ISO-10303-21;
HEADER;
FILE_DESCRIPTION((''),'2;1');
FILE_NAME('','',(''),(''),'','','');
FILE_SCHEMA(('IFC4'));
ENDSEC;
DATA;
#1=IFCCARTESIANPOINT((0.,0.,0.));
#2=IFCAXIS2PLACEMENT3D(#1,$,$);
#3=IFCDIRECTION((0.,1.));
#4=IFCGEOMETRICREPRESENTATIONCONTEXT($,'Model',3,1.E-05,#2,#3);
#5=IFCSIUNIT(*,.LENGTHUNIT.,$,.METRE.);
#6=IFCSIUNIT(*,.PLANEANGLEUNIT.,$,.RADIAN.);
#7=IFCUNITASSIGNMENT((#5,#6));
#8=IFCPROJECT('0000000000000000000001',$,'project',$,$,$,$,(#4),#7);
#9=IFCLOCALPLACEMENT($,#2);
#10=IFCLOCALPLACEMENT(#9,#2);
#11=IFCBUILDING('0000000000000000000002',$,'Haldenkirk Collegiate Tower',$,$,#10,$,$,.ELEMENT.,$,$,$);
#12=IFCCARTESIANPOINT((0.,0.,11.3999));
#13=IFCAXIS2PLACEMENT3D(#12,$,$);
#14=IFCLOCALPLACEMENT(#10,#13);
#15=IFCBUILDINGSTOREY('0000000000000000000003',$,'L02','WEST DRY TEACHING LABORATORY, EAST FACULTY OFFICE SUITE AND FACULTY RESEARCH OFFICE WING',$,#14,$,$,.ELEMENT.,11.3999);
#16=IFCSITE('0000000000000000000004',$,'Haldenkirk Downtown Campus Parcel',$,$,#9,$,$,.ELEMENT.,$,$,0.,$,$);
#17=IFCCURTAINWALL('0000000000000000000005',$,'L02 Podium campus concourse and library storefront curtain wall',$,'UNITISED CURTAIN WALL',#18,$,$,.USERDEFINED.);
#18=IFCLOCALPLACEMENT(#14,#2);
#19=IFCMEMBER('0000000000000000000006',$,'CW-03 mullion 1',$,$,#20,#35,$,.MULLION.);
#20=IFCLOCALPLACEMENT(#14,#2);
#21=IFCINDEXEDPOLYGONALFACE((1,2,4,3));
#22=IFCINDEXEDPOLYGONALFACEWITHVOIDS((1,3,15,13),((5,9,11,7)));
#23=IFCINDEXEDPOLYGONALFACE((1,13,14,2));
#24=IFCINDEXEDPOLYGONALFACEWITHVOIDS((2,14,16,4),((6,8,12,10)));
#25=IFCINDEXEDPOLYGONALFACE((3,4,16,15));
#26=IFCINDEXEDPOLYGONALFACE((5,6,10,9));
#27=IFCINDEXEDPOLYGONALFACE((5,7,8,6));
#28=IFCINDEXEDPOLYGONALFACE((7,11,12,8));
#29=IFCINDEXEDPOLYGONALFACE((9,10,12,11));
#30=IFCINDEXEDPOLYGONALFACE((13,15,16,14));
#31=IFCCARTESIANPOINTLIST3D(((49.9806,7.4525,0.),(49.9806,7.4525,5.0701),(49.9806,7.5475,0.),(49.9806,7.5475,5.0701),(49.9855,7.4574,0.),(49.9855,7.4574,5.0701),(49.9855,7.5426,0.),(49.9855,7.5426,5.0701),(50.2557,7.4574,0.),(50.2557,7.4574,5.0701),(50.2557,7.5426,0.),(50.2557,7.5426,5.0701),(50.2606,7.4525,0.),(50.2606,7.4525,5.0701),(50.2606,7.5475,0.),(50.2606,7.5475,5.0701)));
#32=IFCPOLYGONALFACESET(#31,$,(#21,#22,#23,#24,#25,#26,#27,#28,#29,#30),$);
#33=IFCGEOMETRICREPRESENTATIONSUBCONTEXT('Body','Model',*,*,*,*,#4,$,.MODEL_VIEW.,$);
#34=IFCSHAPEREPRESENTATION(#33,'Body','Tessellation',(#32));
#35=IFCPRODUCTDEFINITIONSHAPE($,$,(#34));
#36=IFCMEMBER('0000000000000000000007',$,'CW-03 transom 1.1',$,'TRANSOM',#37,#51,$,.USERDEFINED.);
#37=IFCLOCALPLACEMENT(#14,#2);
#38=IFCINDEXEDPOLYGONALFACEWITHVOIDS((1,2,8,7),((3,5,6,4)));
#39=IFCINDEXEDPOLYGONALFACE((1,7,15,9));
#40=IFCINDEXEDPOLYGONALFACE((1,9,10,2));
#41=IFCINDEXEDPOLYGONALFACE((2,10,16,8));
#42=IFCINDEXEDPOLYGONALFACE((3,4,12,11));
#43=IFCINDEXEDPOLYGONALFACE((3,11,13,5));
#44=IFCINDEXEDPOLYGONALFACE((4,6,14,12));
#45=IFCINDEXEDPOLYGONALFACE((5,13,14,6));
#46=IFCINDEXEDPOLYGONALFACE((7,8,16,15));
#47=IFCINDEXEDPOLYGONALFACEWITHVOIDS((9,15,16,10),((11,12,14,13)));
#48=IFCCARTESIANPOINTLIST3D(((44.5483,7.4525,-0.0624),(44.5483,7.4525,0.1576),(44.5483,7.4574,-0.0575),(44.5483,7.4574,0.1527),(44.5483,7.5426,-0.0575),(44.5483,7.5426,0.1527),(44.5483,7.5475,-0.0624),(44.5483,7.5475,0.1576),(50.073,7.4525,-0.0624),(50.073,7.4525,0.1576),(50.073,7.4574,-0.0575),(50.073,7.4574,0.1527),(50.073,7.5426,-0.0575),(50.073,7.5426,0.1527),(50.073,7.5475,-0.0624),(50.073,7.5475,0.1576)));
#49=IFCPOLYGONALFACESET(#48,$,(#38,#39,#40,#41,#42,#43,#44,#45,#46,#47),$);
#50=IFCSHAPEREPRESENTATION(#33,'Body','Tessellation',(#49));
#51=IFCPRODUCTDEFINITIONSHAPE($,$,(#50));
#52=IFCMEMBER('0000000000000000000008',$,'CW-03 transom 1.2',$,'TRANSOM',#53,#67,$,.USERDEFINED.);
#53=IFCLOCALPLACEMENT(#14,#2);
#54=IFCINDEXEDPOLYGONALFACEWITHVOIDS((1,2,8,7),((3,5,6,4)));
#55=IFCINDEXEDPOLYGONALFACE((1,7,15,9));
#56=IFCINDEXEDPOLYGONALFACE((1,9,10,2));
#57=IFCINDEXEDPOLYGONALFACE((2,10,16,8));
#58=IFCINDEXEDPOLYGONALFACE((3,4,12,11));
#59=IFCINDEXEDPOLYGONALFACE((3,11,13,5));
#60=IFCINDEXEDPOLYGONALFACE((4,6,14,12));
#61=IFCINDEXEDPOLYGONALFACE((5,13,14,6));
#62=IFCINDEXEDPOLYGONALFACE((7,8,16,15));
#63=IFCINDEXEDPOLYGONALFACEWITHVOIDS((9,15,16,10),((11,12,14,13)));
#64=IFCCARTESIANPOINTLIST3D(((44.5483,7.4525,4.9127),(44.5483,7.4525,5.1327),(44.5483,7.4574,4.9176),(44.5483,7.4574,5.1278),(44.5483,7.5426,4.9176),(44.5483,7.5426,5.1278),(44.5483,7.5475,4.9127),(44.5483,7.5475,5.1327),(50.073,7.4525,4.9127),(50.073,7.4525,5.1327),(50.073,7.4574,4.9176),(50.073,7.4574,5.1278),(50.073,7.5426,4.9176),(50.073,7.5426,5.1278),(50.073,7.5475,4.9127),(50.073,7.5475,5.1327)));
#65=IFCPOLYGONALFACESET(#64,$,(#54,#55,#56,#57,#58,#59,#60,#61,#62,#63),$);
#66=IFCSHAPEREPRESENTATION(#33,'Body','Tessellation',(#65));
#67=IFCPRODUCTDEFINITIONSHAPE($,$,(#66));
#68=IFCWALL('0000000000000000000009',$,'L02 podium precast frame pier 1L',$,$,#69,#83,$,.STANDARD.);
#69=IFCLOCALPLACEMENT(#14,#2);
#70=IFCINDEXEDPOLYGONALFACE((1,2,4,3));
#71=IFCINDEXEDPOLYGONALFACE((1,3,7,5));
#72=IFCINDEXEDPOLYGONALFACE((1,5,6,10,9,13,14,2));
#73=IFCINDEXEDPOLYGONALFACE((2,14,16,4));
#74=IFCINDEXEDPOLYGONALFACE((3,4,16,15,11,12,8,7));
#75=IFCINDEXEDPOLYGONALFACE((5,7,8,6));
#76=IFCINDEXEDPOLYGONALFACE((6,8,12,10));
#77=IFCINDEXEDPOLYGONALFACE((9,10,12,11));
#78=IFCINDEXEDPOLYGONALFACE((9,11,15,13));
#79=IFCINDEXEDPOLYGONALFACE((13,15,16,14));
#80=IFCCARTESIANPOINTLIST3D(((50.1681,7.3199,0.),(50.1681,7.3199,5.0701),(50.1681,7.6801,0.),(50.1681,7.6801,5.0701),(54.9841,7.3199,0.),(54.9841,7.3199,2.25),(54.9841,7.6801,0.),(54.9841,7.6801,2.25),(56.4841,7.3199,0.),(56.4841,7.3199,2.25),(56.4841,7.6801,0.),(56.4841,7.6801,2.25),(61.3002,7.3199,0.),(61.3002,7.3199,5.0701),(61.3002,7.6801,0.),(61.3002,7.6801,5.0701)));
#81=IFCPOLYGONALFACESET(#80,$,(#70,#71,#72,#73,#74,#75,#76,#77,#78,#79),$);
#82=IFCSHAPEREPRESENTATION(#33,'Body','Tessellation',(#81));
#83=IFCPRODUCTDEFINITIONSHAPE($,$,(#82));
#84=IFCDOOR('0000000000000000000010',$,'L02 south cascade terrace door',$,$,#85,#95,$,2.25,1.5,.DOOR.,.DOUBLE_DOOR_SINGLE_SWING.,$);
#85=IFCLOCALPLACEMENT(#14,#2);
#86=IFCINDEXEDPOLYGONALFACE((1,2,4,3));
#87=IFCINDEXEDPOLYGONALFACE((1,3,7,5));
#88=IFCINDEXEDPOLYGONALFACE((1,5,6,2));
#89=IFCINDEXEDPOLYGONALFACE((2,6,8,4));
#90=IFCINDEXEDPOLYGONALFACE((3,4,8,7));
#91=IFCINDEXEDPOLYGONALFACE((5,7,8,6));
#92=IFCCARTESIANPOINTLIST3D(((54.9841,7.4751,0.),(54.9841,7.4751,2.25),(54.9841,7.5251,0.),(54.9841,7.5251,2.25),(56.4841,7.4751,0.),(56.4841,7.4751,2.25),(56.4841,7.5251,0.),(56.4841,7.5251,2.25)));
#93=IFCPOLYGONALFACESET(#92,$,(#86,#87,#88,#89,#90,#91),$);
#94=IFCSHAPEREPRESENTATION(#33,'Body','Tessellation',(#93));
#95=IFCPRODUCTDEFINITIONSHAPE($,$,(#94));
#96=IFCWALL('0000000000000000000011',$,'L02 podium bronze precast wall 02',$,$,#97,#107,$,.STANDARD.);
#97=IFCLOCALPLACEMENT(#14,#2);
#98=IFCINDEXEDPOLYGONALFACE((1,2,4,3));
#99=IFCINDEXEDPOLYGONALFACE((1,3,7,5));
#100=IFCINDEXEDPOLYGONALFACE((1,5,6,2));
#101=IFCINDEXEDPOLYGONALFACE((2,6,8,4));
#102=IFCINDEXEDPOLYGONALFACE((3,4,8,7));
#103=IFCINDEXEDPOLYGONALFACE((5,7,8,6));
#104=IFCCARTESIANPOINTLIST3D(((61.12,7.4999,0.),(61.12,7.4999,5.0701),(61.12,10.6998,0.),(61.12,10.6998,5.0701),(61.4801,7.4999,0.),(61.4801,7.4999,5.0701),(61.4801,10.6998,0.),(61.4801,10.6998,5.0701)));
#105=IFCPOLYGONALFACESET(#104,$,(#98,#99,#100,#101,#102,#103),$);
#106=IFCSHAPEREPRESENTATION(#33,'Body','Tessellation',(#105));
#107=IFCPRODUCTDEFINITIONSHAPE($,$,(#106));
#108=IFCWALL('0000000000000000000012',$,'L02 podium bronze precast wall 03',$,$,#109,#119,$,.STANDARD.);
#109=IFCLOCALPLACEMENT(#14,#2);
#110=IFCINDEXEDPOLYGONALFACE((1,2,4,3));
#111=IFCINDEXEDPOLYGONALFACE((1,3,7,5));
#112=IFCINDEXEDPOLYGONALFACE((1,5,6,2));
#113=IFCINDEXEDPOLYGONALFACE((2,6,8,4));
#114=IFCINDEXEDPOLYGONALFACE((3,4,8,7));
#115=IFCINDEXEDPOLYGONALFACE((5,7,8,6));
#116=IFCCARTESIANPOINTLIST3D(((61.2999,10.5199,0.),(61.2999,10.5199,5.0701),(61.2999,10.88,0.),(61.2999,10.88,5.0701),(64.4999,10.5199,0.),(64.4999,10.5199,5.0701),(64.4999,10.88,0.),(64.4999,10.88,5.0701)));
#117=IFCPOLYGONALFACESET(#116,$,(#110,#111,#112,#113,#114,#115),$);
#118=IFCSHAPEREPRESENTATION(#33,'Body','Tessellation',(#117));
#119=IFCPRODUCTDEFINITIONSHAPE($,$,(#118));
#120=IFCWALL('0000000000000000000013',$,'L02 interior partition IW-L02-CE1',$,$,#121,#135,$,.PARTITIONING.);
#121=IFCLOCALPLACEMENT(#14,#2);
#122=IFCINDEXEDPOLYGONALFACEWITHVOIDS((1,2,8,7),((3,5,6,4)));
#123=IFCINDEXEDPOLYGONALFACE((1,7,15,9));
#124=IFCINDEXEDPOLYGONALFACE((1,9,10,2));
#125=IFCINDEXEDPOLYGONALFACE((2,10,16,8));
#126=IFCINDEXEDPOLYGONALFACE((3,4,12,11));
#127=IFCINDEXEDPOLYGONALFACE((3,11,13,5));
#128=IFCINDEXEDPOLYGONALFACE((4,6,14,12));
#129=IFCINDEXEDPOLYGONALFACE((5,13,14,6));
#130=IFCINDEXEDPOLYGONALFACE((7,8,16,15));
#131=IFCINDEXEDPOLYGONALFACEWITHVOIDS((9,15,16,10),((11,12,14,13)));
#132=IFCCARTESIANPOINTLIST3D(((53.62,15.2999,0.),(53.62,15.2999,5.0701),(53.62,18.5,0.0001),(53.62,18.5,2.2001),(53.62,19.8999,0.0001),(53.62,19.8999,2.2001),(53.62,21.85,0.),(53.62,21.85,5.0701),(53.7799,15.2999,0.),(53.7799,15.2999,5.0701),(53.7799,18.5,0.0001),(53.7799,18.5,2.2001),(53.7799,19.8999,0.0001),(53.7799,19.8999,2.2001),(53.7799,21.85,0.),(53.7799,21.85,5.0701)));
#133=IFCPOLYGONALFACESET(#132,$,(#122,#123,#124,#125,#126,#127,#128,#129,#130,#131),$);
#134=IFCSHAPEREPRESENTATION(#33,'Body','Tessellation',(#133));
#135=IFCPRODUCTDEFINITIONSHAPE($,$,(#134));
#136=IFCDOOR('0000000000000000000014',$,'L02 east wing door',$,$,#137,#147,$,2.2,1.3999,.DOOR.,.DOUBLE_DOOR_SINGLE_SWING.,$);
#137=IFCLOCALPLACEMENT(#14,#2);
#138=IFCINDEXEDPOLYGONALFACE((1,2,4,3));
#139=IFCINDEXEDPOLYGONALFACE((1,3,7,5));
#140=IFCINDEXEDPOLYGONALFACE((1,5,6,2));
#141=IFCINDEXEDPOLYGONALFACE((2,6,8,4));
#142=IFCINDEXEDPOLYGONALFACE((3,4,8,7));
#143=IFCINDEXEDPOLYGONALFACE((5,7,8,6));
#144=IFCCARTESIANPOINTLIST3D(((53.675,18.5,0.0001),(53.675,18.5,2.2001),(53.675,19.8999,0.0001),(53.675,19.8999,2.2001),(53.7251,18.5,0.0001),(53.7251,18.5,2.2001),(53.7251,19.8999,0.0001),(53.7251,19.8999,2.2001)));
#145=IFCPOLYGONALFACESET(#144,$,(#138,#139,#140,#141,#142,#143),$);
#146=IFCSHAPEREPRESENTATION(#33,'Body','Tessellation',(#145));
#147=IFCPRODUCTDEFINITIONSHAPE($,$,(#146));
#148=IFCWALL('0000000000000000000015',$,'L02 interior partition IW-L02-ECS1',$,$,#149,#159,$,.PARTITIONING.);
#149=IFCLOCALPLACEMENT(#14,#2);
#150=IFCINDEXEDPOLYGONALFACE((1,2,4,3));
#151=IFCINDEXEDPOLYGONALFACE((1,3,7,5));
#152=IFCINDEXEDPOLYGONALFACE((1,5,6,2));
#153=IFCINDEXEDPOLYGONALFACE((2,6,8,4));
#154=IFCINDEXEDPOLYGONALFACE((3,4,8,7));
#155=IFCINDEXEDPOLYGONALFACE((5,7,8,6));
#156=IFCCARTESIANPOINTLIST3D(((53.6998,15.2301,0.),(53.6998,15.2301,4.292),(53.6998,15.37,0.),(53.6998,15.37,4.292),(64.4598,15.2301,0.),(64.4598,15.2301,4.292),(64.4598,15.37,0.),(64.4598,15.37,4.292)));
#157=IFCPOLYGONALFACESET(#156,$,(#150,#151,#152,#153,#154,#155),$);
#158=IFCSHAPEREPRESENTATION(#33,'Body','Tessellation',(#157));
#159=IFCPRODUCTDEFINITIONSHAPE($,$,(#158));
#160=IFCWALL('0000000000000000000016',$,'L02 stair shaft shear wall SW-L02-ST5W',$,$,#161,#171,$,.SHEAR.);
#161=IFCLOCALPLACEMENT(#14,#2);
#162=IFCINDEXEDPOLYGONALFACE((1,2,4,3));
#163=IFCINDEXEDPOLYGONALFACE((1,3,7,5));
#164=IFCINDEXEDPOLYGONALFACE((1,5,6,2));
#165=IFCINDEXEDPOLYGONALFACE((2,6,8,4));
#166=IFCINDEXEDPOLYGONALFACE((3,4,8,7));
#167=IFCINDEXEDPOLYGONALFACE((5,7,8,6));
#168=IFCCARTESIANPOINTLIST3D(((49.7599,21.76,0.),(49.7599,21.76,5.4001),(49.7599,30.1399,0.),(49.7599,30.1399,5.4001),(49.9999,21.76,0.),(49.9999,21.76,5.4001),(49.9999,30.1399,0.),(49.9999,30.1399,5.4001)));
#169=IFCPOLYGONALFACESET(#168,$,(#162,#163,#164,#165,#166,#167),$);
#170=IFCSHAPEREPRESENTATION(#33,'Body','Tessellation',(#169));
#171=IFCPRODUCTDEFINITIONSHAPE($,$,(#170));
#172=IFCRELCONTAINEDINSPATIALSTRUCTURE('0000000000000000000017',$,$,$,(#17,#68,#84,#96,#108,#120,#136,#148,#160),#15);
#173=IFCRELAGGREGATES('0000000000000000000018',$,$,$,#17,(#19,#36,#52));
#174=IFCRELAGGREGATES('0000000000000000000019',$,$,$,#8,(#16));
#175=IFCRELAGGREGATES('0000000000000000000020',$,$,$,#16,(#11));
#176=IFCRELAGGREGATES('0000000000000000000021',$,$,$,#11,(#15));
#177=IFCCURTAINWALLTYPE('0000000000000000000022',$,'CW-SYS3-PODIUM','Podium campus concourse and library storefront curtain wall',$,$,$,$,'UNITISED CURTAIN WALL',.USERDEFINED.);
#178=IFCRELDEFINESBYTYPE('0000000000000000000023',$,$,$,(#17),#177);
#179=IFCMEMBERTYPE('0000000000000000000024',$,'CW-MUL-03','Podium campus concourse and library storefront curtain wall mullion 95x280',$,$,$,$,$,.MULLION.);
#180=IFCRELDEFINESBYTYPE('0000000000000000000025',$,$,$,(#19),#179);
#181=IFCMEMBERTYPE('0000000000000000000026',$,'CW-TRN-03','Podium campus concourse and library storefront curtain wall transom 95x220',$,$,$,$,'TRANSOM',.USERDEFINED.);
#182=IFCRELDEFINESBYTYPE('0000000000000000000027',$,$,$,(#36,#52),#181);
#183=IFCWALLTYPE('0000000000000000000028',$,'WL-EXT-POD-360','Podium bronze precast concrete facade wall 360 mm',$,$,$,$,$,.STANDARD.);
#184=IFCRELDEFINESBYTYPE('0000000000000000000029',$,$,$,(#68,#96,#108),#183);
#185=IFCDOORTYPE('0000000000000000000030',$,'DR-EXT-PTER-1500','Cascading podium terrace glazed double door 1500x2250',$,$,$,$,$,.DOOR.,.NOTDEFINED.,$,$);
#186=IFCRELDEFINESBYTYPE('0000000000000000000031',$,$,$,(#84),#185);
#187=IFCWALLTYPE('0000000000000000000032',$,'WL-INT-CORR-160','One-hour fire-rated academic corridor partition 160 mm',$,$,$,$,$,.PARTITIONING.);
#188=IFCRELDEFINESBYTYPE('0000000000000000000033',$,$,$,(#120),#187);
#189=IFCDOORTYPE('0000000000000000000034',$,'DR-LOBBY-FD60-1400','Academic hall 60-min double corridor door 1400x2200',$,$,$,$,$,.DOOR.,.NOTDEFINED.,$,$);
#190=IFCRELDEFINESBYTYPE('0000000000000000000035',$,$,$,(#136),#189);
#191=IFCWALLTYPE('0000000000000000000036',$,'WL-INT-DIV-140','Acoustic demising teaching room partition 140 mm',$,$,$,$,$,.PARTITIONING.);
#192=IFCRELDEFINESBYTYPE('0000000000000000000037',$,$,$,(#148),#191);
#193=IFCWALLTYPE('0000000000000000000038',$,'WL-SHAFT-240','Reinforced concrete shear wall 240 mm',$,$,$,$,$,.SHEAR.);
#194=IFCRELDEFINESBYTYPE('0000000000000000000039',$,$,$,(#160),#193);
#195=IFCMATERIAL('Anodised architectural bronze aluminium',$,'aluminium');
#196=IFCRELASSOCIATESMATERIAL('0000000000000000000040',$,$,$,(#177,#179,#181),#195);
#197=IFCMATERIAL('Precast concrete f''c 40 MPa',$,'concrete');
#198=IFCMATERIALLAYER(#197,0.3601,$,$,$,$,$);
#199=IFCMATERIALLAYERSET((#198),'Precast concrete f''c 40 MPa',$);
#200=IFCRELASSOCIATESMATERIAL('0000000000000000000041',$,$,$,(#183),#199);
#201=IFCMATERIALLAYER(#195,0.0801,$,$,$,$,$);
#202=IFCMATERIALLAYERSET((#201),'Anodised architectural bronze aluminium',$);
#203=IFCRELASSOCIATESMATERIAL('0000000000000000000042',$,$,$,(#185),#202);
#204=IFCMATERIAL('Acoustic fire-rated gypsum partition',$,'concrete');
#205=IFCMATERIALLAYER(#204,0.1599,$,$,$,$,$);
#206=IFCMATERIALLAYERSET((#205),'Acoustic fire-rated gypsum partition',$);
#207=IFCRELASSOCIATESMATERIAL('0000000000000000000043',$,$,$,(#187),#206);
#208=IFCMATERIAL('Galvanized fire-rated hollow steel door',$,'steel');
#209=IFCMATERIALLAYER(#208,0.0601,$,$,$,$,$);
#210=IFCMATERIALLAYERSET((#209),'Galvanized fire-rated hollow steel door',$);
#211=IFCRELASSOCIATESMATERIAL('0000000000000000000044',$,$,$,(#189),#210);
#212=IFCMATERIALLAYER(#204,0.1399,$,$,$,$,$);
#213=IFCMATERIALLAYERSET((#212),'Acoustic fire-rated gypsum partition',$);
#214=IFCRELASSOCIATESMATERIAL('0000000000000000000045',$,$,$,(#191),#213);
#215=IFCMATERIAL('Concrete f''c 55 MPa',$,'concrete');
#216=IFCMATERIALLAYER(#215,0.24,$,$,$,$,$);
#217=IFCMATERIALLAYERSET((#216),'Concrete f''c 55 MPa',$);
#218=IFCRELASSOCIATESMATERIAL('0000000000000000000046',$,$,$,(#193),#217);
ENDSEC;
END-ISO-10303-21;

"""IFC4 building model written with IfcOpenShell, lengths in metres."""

from ifc_helpers import new_model, si_unit, direction, frame, frame_2d, origin, origin_2d, place, context, subcontext, project, spatial, rectangle, hollow_rectangle, extrude, material, layer, layer_set, material_profile, profile_set, type_object, element, fill, aggregate, save


model = new_model("IFC4")

# Units and contexts
model_context = context("Model", 3, precision=1e-05, world=origin(), true_north=direction((0.0, 1.0)))
body_context = subcontext(model_context, "Body", "Model", "MODEL_VIEW")
ifc_project = project(units=[si_unit("LENGTHUNIT", "METRE"), si_unit("PLANEANGLEUNIT", "RADIAN")], contexts=[model_context])

# Site, building, storey
site_placement = place(None, origin())
site = spatial("IfcSite", under=ifc_project, at=site_placement, Name="Haldenkirk Downtown Campus Parcel", CompositionType="ELEMENT", RefElevation=0.0)
building_placement = place(site_placement, origin())
building = spatial("IfcBuilding", under=site, at=building_placement, Name="Haldenkirk Collegiate Tower", CompositionType="ELEMENT")
storey_placement = place(building_placement, frame((0.0, 0.0, 11.3999)))
storey = spatial("IfcBuildingStorey", under=building, at=storey_placement, Name="L02", Description="WEST DRY TEACHING LABORATORY, EAST FACULTY OFFICE SUITE AND FACULTY RESEARCH OFFICE WING", CompositionType="ELEMENT", Elevation=11.3999)

# Curtain wall, members
ifc_material_1 = material(Name="Anodised architectural bronze aluminium", Category="aluminium")
curtain_wall_type = type_object("IfcCurtainWallType", Name="CW-SYS3-PODIUM", Description="Podium campus concourse and library storefront curtain wall", ElementType="UNITISED CURTAIN WALL", PredefinedType="USERDEFINED", material=ifc_material_1)
curtain_wall_placement = place(storey_placement, origin())
curtain_wall = element("IfcCurtainWall", 1, at=curtain_wall_placement, inside=storey, type_object=curtain_wall_type, Name="L02 Podium campus concourse and library storefront curtain wall", ObjectType="UNITISED CURTAIN WALL", PredefinedType="USERDEFINED")
ifc_material_profile_1 = material_profile(ifc_material_1, hollow_rectangle(XDim=0.095, YDim=0.28, WallThickness=0.0049, at=origin_2d()), Name="CW-MUL-03")
ifc_profile_set_1 = profile_set([ifc_material_profile_1], Name="Anodised architectural bronze aluminium")
member_type_1 = type_object("IfcMemberType", Name="CW-MUL-03", Description="Podium campus concourse and library storefront curtain wall mullion 95x280", PredefinedType="MULLION", material=ifc_profile_set_1)
member_1_placement = place(storey_placement, frame((50.1206, 7.5, 0.0), z_axis=(0.0, 0.0, 1.0), x_axis=(0.0, -1.0, 0.0)))
member_1 = element("IfcMember", 2, at=member_1_placement, type_object=member_type_1, Name="CW-03 mullion 1", PredefinedType="MULLION", context=body_context, shape_type="SweptSolid", body=[
    extrude(hollow_rectangle(XDim=0.095, YDim=0.28, WallThickness=0.0049, at=origin_2d()), origin(), (0.0, 0.0, 1.0), 5.0701),
])
ifc_material_profile_2 = material_profile(ifc_material_1, hollow_rectangle(XDim=0.095, YDim=0.22, WallThickness=0.0049, at=origin_2d()), Name="CW-TRN-03")
ifc_profile_set_2 = profile_set([ifc_material_profile_2], Name="Anodised architectural bronze aluminium")
member_type_2 = type_object("IfcMemberType", Name="CW-TRN-03", Description="Podium campus concourse and library storefront curtain wall transom 95x220", ElementType="TRANSOM", PredefinedType="USERDEFINED", material=ifc_profile_set_2)
member_2_placement = place(storey_placement, frame((50.073, 7.5, 0.0476), z_axis=(-1.0, 0.0, 0.0), x_axis=(0.0, -1.0, 0.0)))
member_2 = element("IfcMember", 3, at=member_2_placement, type_object=member_type_2, Name="CW-03 transom 1.1", ObjectType="TRANSOM", PredefinedType="USERDEFINED", context=body_context, shape_type="SweptSolid", body=[
    extrude(hollow_rectangle(XDim=0.095, YDim=0.22, WallThickness=0.0049, at=origin_2d()), origin(), (0.0, 0.0, 1.0), 5.5247),
])
member_3_placement = place(storey_placement, frame((50.073, 7.5, 5.0227), z_axis=(-1.0, 0.0, 0.0), x_axis=(0.0, -1.0, 0.0)))
member_3 = element("IfcMember", 4, at=member_3_placement, type_object=member_type_2, Name="CW-03 transom 1.2", ObjectType="TRANSOM", PredefinedType="USERDEFINED", context=body_context, shape_type="SweptSolid", body=[
    extrude(hollow_rectangle(XDim=0.095, YDim=0.22, WallThickness=0.0049, at=origin_2d()), origin(), (0.0, 0.0, 1.0), 5.5247),
])
aggregate(curtain_wall, [member_1, member_2, member_3])

# Wall, opening, door
ifc_material_2 = material(Name="Precast concrete f'c 40 MPa", Category="concrete")
ifc_layer_1 = layer(ifc_material_2, 0.3601)
ifc_layer_set_1 = layer_set([ifc_layer_1], Name="Precast concrete f'c 40 MPa")
wall_type_1 = type_object("IfcWallType", Name="WL-EXT-POD-360", Description="Podium bronze precast concrete facade wall 360 mm", PredefinedType="STANDARD", material=ifc_layer_set_1)
wall_1_placement = place(storey_placement, frame((61.3, 7.5, 0.0), z_axis=(0.0, 0.0, 1.0), x_axis=(-1.0, 0.0, 0.0)))
wall_1 = element("IfcWall", 5, at=wall_1_placement, inside=storey, type_object=wall_type_1, Name="L02 podium precast frame pier 1L", PredefinedType="STANDARD", context=body_context, shape_type="SweptSolid", body=[
    extrude(rectangle(XDim=11.1321, YDim=0.3601, at=frame_2d((5.5659, 0.0))), origin(), (0.0, 0.0, 1.0), 5.0701),
])
opening_1_placement = place(wall_1_placement, frame((4.8159, 0.0, 0.0)))
opening_1 = element("IfcOpeningElement", 6, at=opening_1_placement, cuts=wall_1, PredefinedType="OPENING", context=body_context, shape_type="SweptSolid", body=[
    extrude(rectangle(XDim=1.5, YDim=2.25, at=frame_2d((0.75, 1.125))), frame((0.0, 0.1899, 0.0), z_axis=(0.0, -1.0, 0.0), x_axis=(1.0, 0.0, 0.0)), (0.0, 0.0, 1.0), 0.3801),
])
ifc_layer_2 = layer(ifc_material_1, 0.0801)
ifc_layer_set_2 = layer_set([ifc_layer_2], Name="Anodised architectural bronze aluminium")
door_type_1 = type_object("IfcDoorType", Name="DR-EXT-PTER-1500", Description="Cascading podium terrace glazed double door 1500x2250", OperationType="NOTDEFINED", PredefinedType="DOOR", material=ifc_layer_set_2)
door_1_placement = place(opening_1_placement, origin())
door_1 = element("IfcDoor", 7, at=door_1_placement, inside=storey, type_object=door_type_1, Name="L02 south cascade terrace door", OperationType="DOUBLE_DOOR_SINGLE_SWING", OverallHeight=2.25, OverallWidth=1.5, PredefinedType="DOOR", context=body_context, shape_type="SweptSolid", body=[
    extrude(rectangle(XDim=1.5, YDim=2.25, at=frame_2d((0.75, 1.125))), frame((0.0, 0.0249, 0.0), z_axis=(0.0, -1.0, 0.0), x_axis=(1.0, 0.0, 0.0)), (0.0, 0.0, 1.0), 0.05),
])
fill(opening_1, door_1)

# Walls
for number, where, z_axis, x_axis, name in (
    (8, (61.3, 10.7, 0.0), (0.0, 0.0, 1.0), (0.0, -1.0, 0.0), "L02 podium bronze precast wall 02"),
    (9, (64.5, 10.7, 0.0), (0.0, 0.0, 1.0), (-1.0, 0.0, 0.0), "L02 podium bronze precast wall 03"),
):
    element("IfcWall", number, at=place(storey_placement, frame(where, z_axis=z_axis, x_axis=x_axis)), inside=storey, type_object=wall_type_1, Name=name, PredefinedType="STANDARD", context=body_context, shape_type="SweptSolid", body=[
        extrude(rectangle(XDim=3.2, YDim=0.3601, at=frame_2d((1.6001, 0.0))), origin(), (0.0, 0.0, 1.0), 5.0701),
    ])

# Wall, opening, door
ifc_material_3 = material(Name="Acoustic fire-rated gypsum partition", Category="concrete")
ifc_layer_3 = layer(ifc_material_3, 0.1599)
ifc_layer_set_3 = layer_set([ifc_layer_3], Name="Acoustic fire-rated gypsum partition")
wall_type_2 = type_object("IfcWallType", Name="WL-INT-CORR-160", Description="One-hour fire-rated academic corridor partition 160 mm", PredefinedType="PARTITIONING", material=ifc_layer_set_3)
wall_2_placement = place(storey_placement, frame((53.7, 15.3, 0.0), z_axis=(0.0, 0.0, 1.0), x_axis=(0.0, 1.0, 0.0)))
wall_2 = element("IfcWall", 10, at=wall_2_placement, inside=storey, type_object=wall_type_2, Name="L02 interior partition IW-L02-CE1", PredefinedType="PARTITIONING", context=body_context, shape_type="SweptSolid", body=[
    extrude(rectangle(XDim=6.55, YDim=0.1599, at=frame_2d((3.2749, 0.0))), origin(), (0.0, 0.0, 1.0), 5.0701),
])
opening_2_placement = place(wall_2_placement, frame((3.2, 0.0, 0.0)))
opening_2 = element("IfcOpeningElement", 11, at=opening_2_placement, cuts=wall_2, PredefinedType="OPENING", context=body_context, shape_type="SweptSolid", body=[
    extrude(rectangle(XDim=1.3999, YDim=2.2, at=frame_2d((0.7, 1.1001))), frame((0.0, 0.0898, 0.0), z_axis=(0.0, -1.0, 0.0), x_axis=(1.0, 0.0, 0.0)), (0.0, 0.0, 1.0), 0.1799),
])
ifc_material_4 = material(Name="Galvanized fire-rated hollow steel door", Category="steel")
ifc_layer_4 = layer(ifc_material_4, 0.0601)
ifc_layer_set_4 = layer_set([ifc_layer_4], Name="Galvanized fire-rated hollow steel door")
door_type_2 = type_object("IfcDoorType", Name="DR-LOBBY-FD60-1400", Description="Academic hall 60-min double corridor door 1400x2200", OperationType="NOTDEFINED", PredefinedType="DOOR", material=ifc_layer_set_4)
door_2_placement = place(opening_2_placement, origin())
door_2 = element("IfcDoor", 12, at=door_2_placement, inside=storey, type_object=door_type_2, Name="L02 east wing door", OperationType="DOUBLE_DOOR_SINGLE_SWING", OverallHeight=2.2, OverallWidth=1.3999, PredefinedType="DOOR", context=body_context, shape_type="SweptSolid", body=[
    extrude(rectangle(XDim=1.3999, YDim=2.2, at=frame_2d((0.7, 1.1001))), frame((0.0, 0.0249, 0.0), z_axis=(0.0, -1.0, 0.0), x_axis=(1.0, 0.0, 0.0)), (0.0, 0.0, 1.0), 0.05),
])
fill(opening_2, door_2)

# Walls
ifc_layer_5 = layer(ifc_material_3, 0.1399)
ifc_layer_set_5 = layer_set([ifc_layer_5], Name="Acoustic fire-rated gypsum partition")
wall_type_3 = type_object("IfcWallType", Name="WL-INT-DIV-140", Description="Acoustic demising teaching room partition 140 mm", PredefinedType="PARTITIONING", material=ifc_layer_set_5)
wall_3_placement = place(storey_placement, frame((53.7, 15.3, 0.0), z_axis=(0.0, 0.0, 1.0), x_axis=(1.0, 0.0, 0.0)))
element("IfcWall", 13, at=wall_3_placement, inside=storey, type_object=wall_type_3, Name="L02 interior partition IW-L02-ECS1", PredefinedType="PARTITIONING", context=body_context, shape_type="SweptSolid", body=[
    extrude(rectangle(XDim=10.76, YDim=0.1399, at=frame_2d((5.3799, 0.0))), origin(), (0.0, 0.0, 1.0), 4.292),
])
ifc_material_5 = material(Name="Concrete f'c 55 MPa", Category="concrete")
ifc_layer_6 = layer(ifc_material_5, 0.24)
ifc_layer_set_6 = layer_set([ifc_layer_6], Name="Concrete f'c 55 MPa")
wall_type_4 = type_object("IfcWallType", Name="WL-SHAFT-240", Description="Reinforced concrete shear wall 240 mm", PredefinedType="SHEAR", material=ifc_layer_set_6)
for number, where, z_axis, x_axis, name in (
    (14, (49.8799, 21.76, 0.0), (0.0, 0.0, 1.0), (0.0, 1.0, 0.0), "L02 stair shaft shear wall SW-L02-ST5W"),
):
    element("IfcWall", number, at=place(storey_placement, frame(where, z_axis=z_axis, x_axis=x_axis)), inside=storey, type_object=wall_type_4, Name=name, PredefinedType="SHEAR", context=body_context, shape_type="SweptSolid", body=[
        extrude(rectangle(XDim=8.3799, YDim=0.24, at=frame_2d((4.1899, 0.0))), origin(), (0.0, 0.0, 1.0), 5.4001),
    ])

save(model, "model.ifc")
